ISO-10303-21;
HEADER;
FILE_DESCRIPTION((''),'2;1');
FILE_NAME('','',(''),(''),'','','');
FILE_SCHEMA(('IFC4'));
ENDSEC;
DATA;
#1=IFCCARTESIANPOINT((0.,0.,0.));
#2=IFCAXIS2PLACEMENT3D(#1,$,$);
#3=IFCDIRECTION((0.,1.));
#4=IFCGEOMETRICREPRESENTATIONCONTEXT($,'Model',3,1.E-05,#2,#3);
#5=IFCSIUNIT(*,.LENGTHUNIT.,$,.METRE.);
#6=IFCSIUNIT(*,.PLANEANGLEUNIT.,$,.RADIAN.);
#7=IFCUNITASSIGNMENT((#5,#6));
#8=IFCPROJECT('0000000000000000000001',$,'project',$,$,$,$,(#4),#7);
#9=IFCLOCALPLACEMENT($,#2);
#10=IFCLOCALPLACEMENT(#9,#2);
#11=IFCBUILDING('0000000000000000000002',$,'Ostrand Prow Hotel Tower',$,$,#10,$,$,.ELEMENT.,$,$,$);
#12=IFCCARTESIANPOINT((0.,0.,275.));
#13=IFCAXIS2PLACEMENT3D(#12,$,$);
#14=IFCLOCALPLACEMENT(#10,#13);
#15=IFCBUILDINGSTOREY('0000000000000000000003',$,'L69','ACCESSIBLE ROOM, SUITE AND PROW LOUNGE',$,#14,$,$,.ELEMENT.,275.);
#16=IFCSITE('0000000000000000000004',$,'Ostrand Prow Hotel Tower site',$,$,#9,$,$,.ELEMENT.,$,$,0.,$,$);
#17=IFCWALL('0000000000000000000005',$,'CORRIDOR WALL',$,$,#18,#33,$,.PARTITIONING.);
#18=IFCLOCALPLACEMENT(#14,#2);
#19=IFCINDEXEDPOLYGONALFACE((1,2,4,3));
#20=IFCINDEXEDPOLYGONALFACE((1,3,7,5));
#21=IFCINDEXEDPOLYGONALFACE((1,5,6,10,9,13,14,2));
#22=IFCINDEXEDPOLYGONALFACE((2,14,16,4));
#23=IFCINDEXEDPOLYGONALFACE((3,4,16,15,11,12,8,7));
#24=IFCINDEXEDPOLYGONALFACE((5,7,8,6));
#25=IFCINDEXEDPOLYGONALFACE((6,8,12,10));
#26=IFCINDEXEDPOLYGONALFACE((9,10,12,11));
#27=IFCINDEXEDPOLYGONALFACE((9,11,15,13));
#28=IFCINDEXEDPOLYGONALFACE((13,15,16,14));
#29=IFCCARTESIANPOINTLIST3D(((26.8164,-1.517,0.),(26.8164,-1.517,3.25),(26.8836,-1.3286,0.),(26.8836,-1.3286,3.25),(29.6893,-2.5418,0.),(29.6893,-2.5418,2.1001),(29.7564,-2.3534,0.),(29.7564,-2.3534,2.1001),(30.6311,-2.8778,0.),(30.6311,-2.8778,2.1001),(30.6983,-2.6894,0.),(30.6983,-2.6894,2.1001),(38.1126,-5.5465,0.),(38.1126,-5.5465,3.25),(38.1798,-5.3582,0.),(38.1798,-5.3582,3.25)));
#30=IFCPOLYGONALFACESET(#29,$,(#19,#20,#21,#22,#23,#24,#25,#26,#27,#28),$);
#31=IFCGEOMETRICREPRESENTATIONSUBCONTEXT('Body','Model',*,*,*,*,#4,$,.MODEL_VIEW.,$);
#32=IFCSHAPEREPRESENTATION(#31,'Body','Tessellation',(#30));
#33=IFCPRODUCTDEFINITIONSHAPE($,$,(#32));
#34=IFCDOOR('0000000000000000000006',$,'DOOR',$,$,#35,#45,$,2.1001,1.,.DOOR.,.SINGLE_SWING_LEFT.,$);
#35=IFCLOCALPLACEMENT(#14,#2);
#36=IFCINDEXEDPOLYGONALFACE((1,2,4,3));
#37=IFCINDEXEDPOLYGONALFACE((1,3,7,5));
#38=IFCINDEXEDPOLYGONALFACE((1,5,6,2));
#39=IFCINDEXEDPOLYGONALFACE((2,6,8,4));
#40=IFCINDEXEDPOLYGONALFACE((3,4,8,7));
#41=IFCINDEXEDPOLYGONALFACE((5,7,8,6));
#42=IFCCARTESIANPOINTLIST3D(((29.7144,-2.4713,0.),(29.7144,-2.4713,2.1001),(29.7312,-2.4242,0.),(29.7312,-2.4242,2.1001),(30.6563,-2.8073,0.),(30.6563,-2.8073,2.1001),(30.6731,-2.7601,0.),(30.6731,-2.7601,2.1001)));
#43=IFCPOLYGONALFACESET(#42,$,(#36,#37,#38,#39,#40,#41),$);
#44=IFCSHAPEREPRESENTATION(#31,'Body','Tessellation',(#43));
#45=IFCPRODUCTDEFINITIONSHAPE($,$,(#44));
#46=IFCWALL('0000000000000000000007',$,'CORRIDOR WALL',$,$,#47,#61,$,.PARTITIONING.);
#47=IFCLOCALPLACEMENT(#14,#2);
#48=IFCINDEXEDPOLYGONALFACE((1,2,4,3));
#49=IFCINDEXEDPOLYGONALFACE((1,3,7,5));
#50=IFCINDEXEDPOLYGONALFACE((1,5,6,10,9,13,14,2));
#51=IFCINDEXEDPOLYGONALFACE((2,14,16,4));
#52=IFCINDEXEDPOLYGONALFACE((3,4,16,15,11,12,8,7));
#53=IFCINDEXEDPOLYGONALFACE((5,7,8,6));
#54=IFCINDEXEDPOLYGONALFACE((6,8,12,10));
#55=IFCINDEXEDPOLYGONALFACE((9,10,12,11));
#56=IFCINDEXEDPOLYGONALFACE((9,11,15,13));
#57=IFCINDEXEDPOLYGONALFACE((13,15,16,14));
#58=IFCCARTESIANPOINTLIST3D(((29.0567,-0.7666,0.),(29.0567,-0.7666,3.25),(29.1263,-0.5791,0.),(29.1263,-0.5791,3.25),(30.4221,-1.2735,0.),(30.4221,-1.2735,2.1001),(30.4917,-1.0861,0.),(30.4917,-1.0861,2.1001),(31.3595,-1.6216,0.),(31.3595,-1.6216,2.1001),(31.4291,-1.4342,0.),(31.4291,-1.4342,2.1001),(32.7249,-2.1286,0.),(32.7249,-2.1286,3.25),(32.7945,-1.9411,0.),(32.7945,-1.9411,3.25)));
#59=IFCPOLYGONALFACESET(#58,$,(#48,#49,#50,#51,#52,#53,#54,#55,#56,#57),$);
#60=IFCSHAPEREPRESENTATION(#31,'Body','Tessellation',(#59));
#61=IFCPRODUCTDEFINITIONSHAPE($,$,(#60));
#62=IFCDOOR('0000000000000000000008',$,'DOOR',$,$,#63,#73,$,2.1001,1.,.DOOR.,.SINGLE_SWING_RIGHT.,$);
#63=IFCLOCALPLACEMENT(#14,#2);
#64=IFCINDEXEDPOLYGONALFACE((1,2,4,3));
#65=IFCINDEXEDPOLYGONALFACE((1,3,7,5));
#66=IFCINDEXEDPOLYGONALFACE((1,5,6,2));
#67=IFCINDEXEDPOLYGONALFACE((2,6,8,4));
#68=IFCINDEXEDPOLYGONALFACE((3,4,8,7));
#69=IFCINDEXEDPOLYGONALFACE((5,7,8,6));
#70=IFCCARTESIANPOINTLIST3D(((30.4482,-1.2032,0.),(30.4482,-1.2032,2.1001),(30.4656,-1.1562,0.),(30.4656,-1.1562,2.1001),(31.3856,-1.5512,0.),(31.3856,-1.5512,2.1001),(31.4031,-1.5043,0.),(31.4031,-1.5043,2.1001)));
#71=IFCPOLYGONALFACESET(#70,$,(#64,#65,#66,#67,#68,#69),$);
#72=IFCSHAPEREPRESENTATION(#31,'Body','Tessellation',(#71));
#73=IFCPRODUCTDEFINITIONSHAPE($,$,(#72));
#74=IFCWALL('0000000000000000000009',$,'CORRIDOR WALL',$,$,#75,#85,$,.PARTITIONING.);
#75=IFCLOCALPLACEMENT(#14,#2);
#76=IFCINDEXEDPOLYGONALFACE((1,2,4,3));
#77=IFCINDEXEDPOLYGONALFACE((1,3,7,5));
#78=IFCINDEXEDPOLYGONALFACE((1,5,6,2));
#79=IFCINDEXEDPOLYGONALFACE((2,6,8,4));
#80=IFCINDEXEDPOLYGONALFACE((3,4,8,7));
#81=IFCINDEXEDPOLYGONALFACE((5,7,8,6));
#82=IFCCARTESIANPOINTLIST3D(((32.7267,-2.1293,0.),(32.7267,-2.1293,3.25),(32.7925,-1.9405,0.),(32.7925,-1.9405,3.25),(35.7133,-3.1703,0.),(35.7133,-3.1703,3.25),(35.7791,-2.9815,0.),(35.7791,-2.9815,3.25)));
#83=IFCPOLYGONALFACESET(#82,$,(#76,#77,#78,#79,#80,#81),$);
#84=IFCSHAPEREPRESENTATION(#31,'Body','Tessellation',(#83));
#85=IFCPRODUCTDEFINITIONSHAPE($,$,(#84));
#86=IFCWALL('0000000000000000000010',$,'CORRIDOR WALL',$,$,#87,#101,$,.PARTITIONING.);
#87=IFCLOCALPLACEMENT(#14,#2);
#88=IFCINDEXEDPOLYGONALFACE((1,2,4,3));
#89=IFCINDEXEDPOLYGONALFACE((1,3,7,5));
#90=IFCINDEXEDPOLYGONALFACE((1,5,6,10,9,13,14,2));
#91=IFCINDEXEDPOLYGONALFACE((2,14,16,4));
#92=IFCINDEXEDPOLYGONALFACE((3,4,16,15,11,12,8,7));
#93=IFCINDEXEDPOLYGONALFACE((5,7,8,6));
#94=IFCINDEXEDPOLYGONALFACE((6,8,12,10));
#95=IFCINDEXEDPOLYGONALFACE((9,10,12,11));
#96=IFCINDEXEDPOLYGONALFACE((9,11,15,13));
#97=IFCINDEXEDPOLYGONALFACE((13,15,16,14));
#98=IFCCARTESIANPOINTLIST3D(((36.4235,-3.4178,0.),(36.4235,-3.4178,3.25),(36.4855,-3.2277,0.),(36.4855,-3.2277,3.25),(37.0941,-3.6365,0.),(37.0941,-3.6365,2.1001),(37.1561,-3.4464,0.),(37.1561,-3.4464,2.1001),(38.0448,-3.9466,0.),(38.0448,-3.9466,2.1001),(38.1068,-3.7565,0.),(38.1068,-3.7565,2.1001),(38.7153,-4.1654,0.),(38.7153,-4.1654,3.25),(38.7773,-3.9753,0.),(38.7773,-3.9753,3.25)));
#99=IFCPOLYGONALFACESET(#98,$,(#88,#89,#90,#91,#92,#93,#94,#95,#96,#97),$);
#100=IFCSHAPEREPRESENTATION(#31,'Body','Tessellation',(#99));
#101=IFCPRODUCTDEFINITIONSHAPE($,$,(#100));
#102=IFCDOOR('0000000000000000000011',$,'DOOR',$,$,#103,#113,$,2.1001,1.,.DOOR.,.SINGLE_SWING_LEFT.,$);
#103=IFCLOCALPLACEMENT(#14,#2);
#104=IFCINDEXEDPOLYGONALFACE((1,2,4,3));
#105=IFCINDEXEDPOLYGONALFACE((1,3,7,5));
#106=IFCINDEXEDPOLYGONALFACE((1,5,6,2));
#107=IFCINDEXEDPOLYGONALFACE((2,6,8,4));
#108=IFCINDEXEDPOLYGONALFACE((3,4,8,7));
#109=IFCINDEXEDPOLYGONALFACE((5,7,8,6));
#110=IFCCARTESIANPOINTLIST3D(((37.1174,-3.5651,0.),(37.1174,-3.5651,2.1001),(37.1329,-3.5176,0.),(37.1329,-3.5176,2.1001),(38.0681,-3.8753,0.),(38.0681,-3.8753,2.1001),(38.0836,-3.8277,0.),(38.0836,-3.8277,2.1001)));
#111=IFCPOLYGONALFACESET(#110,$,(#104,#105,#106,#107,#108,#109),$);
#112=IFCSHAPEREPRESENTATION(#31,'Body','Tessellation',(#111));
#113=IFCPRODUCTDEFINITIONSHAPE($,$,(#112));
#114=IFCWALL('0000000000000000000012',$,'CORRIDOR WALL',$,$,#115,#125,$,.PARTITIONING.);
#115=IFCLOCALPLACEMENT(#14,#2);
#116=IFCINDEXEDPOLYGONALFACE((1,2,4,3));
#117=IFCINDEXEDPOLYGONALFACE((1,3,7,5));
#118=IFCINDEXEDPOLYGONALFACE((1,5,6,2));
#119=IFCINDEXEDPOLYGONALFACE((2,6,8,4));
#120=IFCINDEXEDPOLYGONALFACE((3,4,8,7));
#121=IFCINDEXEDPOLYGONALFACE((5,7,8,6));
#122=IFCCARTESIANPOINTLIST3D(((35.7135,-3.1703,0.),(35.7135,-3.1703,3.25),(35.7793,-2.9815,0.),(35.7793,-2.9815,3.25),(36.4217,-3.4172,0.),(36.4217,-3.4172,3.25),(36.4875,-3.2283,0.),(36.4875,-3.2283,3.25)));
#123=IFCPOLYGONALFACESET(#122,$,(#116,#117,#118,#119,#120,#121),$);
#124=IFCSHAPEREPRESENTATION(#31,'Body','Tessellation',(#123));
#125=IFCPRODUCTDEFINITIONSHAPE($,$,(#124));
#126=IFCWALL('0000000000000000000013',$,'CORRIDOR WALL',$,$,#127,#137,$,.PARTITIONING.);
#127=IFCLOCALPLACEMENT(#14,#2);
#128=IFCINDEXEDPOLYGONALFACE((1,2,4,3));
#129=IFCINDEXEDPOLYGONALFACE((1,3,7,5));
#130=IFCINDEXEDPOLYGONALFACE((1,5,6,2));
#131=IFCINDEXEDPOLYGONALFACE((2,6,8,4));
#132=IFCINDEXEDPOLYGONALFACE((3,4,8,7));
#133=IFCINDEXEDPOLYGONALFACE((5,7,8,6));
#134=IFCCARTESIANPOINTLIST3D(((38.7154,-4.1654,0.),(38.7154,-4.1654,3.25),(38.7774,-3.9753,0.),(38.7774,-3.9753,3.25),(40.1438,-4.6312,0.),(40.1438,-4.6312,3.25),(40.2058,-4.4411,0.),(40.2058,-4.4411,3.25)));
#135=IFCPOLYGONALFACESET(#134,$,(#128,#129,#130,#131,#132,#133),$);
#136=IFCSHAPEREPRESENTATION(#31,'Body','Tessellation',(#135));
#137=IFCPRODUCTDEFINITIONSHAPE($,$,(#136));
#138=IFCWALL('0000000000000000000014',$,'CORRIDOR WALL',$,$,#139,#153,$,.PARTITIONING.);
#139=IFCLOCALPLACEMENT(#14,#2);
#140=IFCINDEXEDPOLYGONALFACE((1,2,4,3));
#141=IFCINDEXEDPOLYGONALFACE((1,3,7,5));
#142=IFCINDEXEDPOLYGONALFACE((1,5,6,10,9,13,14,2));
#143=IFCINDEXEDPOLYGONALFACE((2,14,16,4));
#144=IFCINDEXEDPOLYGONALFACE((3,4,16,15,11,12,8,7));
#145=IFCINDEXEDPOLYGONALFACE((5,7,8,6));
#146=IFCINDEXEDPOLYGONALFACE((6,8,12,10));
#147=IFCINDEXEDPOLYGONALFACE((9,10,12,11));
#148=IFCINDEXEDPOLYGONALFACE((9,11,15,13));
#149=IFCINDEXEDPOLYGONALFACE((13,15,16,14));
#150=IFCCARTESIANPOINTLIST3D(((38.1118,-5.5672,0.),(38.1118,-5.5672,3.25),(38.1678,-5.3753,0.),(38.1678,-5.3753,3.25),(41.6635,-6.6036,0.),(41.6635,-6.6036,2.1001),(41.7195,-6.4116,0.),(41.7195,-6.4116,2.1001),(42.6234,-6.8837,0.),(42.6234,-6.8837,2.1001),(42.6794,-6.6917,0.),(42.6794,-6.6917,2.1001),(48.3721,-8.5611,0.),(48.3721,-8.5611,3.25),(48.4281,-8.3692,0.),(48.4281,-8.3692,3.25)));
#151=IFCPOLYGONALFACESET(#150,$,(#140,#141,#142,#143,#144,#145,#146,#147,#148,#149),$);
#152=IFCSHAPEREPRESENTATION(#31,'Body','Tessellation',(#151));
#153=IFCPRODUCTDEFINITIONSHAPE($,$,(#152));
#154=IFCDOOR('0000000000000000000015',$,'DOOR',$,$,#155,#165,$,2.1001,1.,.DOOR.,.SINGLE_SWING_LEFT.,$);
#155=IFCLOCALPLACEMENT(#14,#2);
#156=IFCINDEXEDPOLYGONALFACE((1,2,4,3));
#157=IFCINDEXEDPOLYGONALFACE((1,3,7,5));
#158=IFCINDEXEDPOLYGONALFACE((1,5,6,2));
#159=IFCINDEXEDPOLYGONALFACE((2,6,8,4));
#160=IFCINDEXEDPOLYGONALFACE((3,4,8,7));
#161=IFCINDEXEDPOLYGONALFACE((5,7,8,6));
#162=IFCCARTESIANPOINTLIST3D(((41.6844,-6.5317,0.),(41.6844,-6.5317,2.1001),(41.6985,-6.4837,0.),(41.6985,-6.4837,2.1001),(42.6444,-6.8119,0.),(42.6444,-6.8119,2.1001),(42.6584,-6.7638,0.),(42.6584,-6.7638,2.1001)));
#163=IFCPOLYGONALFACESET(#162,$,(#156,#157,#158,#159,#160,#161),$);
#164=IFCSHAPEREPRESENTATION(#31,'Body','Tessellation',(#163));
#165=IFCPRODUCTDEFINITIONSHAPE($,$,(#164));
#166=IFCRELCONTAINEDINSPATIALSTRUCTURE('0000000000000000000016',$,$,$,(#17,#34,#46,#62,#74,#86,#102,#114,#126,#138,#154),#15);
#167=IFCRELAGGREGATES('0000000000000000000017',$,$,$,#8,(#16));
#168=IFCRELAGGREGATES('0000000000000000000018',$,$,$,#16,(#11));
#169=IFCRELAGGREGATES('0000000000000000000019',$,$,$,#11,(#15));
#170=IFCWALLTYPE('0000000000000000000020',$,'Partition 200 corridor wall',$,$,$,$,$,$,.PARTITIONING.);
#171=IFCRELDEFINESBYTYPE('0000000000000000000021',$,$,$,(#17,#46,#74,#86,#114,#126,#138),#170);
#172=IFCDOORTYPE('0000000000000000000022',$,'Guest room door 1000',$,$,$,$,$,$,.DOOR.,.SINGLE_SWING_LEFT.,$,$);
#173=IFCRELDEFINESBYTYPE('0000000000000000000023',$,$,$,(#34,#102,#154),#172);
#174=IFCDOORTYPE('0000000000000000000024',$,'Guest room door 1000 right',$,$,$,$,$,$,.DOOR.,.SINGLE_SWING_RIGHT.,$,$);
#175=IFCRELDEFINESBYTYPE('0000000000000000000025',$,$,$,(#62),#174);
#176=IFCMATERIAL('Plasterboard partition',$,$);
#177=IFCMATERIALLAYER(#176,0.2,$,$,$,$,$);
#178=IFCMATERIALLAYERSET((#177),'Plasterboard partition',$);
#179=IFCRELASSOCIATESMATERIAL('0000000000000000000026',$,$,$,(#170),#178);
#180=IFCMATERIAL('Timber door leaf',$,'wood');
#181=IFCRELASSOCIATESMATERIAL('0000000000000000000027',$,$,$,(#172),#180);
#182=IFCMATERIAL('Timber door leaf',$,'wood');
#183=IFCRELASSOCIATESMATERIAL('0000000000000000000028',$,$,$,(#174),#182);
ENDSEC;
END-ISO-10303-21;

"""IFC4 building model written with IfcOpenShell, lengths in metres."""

from ifc_helpers import new_model, si_unit, direction, frame, frame_2d, origin, place, context, subcontext, project, spatial, rectangle, extrude, material, layer, layer_set, type_object, element, fill, save


model = new_model("IFC4")

# Units and contexts
model_context = context("Model", 3, precision=1e-05, world=origin(), true_north=direction((0.0, 1.0)))
body_context = subcontext(model_context, "Body", "Model", "MODEL_VIEW")
ifc_project = project(units=[si_unit("LENGTHUNIT", "METRE"), si_unit("PLANEANGLEUNIT", "RADIAN")], contexts=[model_context])

# Site, building, storey
site_placement = place(None, origin())
site = spatial("IfcSite", under=ifc_project, at=site_placement, Name="Ostrand Prow Hotel Tower site", CompositionType="ELEMENT", RefElevation=0.0)
building_placement = place(site_placement, origin())
building = spatial("IfcBuilding", under=site, at=building_placement, Name="Ostrand Prow Hotel Tower", CompositionType="ELEMENT")
storey_placement = place(building_placement, frame((0.0, 0.0, 275.0)))
storey = spatial("IfcBuildingStorey", under=building, at=storey_placement, Name="L69", Description="ACCESSIBLE ROOM, SUITE AND PROW LOUNGE", CompositionType="ELEMENT", Elevation=275.0)

# Walls, openings, doors
ifc_material_1 = material(Name="Plasterboard partition")
ifc_layer_1 = layer(ifc_material_1, 0.2)
ifc_layer_set_1 = layer_set([ifc_layer_1], Name="Plasterboard partition")
wall_type_1 = type_object("IfcWallType", Name="Partition 200 corridor wall", PredefinedType="PARTITIONING", material=ifc_layer_set_1)
wall_1_placement = place(storey_placement, frame((26.8501, -1.4229, 0.0), z_axis=(0.0, 0.0, 1.0), x_axis=(0.941868, -0.335982, 0.0)))
wall_1 = element("IfcWall", 1, at=wall_1_placement, inside=storey, type_object=wall_type_1, Name="CORRIDOR WALL", PredefinedType="PARTITIONING", context=body_context, shape_type="SweptSolid", body=[
    extrude(rectangle(XDim=11.9934, YDim=0.2, at=frame_2d((5.9966, 0.0))), origin(), (0.0, 0.0, 1.0), 3.25),
])
opening_1_placement = place(wall_1_placement, frame((3.05, 0.0, 0.0)))
opening_1 = element("IfcOpeningElement", 2, at=opening_1_placement, cuts=wall_1, PredefinedType="OPENING", context=body_context, shape_type="SweptSolid", body=[
    extrude(rectangle(XDim=1.0, YDim=2.1001, at=frame_2d((0.5, 1.05))), frame((0.0, 0.1099, 0.0), z_axis=(0.0, -1.0, 0.0), x_axis=(1.0, 0.0, 0.0)), (0.0, 0.0, 1.0), 0.22),
])
ifc_material_2 = material(Name="Timber door leaf", Category="wood")
door_type_1 = type_object("IfcDoorType", Name="Guest room door 1000", OperationType="SINGLE_SWING_LEFT", PredefinedType="DOOR", material=ifc_material_2)
door_1_placement = place(opening_1_placement, origin())
door_1 = element("IfcDoor", 3, at=door_1_placement, inside=storey, type_object=door_type_1, Name="DOOR", OperationType="SINGLE_SWING_LEFT", OverallHeight=2.1001, OverallWidth=1.0, PredefinedType="DOOR", context=body_context, shape_type="SweptSolid", body=[
    extrude(rectangle(XDim=1.0, YDim=2.1001, at=frame_2d((0.5, 1.05))), frame((0.0, 0.0249, 0.0), z_axis=(0.0, -1.0, 0.0), x_axis=(1.0, 0.0, 0.0)), (0.0, 0.0, 1.0), 0.05),
])
fill(opening_1, door_1)
wall_2_placement = place(storey_placement, frame((32.7598, -2.0349, 0.0), z_axis=(0.0, 0.0, 1.0), x_axis=(-0.93746, 0.348093, 0.0)))
wall_2 = element("IfcWall", 4, at=wall_2_placement, inside=storey, type_object=wall_type_1, Name="CORRIDOR WALL", PredefinedType="PARTITIONING", context=body_context, shape_type="SweptSolid", body=[
    extrude(rectangle(XDim=3.9128, YDim=0.2, at=frame_2d((1.9565, 0.0))), origin(), (0.0, 0.0, 1.0), 3.25),
])
opening_2_placement = place(wall_2_placement, frame((1.4565, 0.0, 0.0)))
opening_2 = element("IfcOpeningElement", 5, at=opening_2_placement, cuts=wall_2, PredefinedType="OPENING", context=body_context, shape_type="SweptSolid", body=[
    extrude(rectangle(XDim=1.0, YDim=2.1001, at=frame_2d((0.5, 1.05))), frame((0.0, 0.1099, 0.0), z_axis=(0.0, -1.0, 0.0), x_axis=(1.0, 0.0, 0.0)), (0.0, 0.0, 1.0), 0.22),
])
ifc_material_3 = material(Name="Timber door leaf", Category="wood")
door_type_2 = type_object("IfcDoorType", Name="Guest room door 1000 right", OperationType="SINGLE_SWING_RIGHT", PredefinedType="DOOR", material=ifc_material_3)
door_2_placement = place(opening_2_placement, origin())
door_2 = element("IfcDoor", 6, at=door_2_placement, inside=storey, type_object=door_type_2, Name="DOOR", OperationType="SINGLE_SWING_RIGHT", OverallHeight=2.1001, OverallWidth=1.0, PredefinedType="DOOR", context=body_context, shape_type="SweptSolid", body=[
    extrude(rectangle(XDim=1.0, YDim=2.1001, at=frame_2d((0.5, 1.05))), frame((0.0, 0.0249, 0.0), z_axis=(0.0, -1.0, 0.0), x_axis=(1.0, 0.0, 0.0)), (0.0, 0.0, 1.0), 0.05),
])
fill(opening_2, door_2)

# Wall
wall_3_placement = place(storey_placement, frame((35.7463, -3.0759, 0.0), z_axis=(0.0, 0.0, 1.0), x_axis=(-0.94428, 0.329143, 0.0)))
element("IfcWall", 7, at=wall_3_placement, inside=storey, type_object=wall_type_1, Name="CORRIDOR WALL", PredefinedType="PARTITIONING", context=body_context, shape_type="SweptSolid", body=[
    extrude(rectangle(XDim=3.1628, YDim=0.2, at=frame_2d((1.5815, 0.0))), origin(), (0.0, 0.0, 1.0), 3.25),
])

# Wall, opening, door
wall_4_placement = place(storey_placement, frame((38.7463, -4.0703, 0.0), z_axis=(0.0, 0.0, 1.0), x_axis=(-0.950699, 0.310114, 0.0)))
wall_4 = element("IfcWall", 8, at=wall_4_placement, inside=storey, type_object=wall_type_1, Name="CORRIDOR WALL", PredefinedType="PARTITIONING", context=body_context, shape_type="SweptSolid", body=[
    extrude(rectangle(XDim=2.4106, YDim=0.2, at=frame_2d((1.2053, 0.0))), origin(), (0.0, 0.0, 1.0), 3.25),
])
opening_3_placement = place(wall_4_placement, frame((0.7053, 0.0, 0.0)))
opening_3 = element("IfcOpeningElement", 9, at=opening_3_placement, cuts=wall_4, PredefinedType="OPENING", context=body_context, shape_type="SweptSolid", body=[
    extrude(rectangle(XDim=1.0, YDim=2.1001, at=frame_2d((0.5, 1.05))), frame((0.0, 0.1099, 0.0), z_axis=(0.0, -1.0, 0.0), x_axis=(1.0, 0.0, 0.0)), (0.0, 0.0, 1.0), 0.22),
])
door_3_placement = place(opening_3_placement, origin())
door_3 = element("IfcDoor", 10, at=door_3_placement, inside=storey, type_object=door_type_1, Name="DOOR", OperationType="SINGLE_SWING_LEFT", OverallHeight=2.1001, OverallWidth=1.0, PredefinedType="DOOR", context=body_context, shape_type="SweptSolid", body=[
    extrude(rectangle(XDim=1.0, YDim=2.1001, at=frame_2d((0.5, 1.05))), frame((0.0, 0.0249, 0.0), z_axis=(0.0, -1.0, 0.0), x_axis=(1.0, 0.0, 0.0)), (0.0, 0.0, 1.0), 0.05),
])
fill(opening_3, door_3)

# Walls
wall_5_placement = place(storey_placement, frame((36.4546, -3.3228, 0.0), z_axis=(0.0, 0.0, 1.0), x_axis=(-0.944299, 0.329089, 0.0)))
element("IfcWall", 11, at=wall_5_placement, inside=storey, type_object=wall_type_1, Name="CORRIDOR WALL", PredefinedType="PARTITIONING", context=body_context, shape_type="SweptSolid", body=[
    extrude(rectangle(XDim=0.75, YDim=0.2, at=frame_2d((0.375, 0.0))), origin(), (0.0, 0.0, 1.0), 3.25),
])
wall_6_placement = place(storey_placement, frame((40.1748, -4.5361, 0.0), z_axis=(0.0, 0.0, 1.0), x_axis=(-0.950727, 0.31003, 0.0)))
element("IfcWall", 12, at=wall_6_placement, inside=storey, type_object=wall_type_1, Name="CORRIDOR WALL", PredefinedType="PARTITIONING", context=body_context, shape_type="SweptSolid", body=[
    extrude(rectangle(XDim=1.5024, YDim=0.2, at=frame_2d((0.7512, 0.0))), origin(), (0.0, 0.0, 1.0), 3.25),
])

# Wall, opening, door
wall_7_placement = place(storey_placement, frame((38.1396, -5.4712, 0.0), z_axis=(0.0, 0.0, 1.0), x_axis=(0.959967, -0.280114, 0.0)))
wall_7 = element("IfcWall", 13, at=wall_7_placement, inside=storey, type_object=wall_type_1, Name="CORRIDOR WALL", PredefinedType="PARTITIONING", context=body_context, shape_type="SweptSolid", body=[
    extrude(rectangle(XDim=10.6882, YDim=0.2, at=frame_2d((5.3442, 0.0))), origin(), (0.0, 0.0, 1.0), 3.25),
])
opening_4_placement = place(wall_7_placement, frame((3.7, 0.0, 0.0)))
opening_4 = element("IfcOpeningElement", 14, at=opening_4_placement, cuts=wall_7, PredefinedType="OPENING", context=body_context, shape_type="SweptSolid", body=[
    extrude(rectangle(XDim=1.0, YDim=2.1001, at=frame_2d((0.5, 1.05))), frame((0.0, 0.1099, 0.0), z_axis=(0.0, -1.0, 0.0), x_axis=(1.0, 0.0, 0.0)), (0.0, 0.0, 1.0), 0.22),
])
door_4_placement = place(opening_4_placement, origin())
door_4 = element("IfcDoor", 15, at=door_4_placement, inside=storey, type_object=door_type_1, Name="DOOR", OperationType="SINGLE_SWING_LEFT", OverallHeight=2.1001, OverallWidth=1.0, PredefinedType="DOOR", context=body_context, shape_type="SweptSolid", body=[
    extrude(rectangle(XDim=1.0, YDim=2.1001, at=frame_2d((0.5, 1.05))), frame((0.0, 0.0249, 0.0), z_axis=(0.0, -1.0, 0.0), x_axis=(1.0, 0.0, 0.0)), (0.0, 0.0, 1.0), 0.05),
])
fill(opening_4, door_4)

save(model, "model.ifc")
